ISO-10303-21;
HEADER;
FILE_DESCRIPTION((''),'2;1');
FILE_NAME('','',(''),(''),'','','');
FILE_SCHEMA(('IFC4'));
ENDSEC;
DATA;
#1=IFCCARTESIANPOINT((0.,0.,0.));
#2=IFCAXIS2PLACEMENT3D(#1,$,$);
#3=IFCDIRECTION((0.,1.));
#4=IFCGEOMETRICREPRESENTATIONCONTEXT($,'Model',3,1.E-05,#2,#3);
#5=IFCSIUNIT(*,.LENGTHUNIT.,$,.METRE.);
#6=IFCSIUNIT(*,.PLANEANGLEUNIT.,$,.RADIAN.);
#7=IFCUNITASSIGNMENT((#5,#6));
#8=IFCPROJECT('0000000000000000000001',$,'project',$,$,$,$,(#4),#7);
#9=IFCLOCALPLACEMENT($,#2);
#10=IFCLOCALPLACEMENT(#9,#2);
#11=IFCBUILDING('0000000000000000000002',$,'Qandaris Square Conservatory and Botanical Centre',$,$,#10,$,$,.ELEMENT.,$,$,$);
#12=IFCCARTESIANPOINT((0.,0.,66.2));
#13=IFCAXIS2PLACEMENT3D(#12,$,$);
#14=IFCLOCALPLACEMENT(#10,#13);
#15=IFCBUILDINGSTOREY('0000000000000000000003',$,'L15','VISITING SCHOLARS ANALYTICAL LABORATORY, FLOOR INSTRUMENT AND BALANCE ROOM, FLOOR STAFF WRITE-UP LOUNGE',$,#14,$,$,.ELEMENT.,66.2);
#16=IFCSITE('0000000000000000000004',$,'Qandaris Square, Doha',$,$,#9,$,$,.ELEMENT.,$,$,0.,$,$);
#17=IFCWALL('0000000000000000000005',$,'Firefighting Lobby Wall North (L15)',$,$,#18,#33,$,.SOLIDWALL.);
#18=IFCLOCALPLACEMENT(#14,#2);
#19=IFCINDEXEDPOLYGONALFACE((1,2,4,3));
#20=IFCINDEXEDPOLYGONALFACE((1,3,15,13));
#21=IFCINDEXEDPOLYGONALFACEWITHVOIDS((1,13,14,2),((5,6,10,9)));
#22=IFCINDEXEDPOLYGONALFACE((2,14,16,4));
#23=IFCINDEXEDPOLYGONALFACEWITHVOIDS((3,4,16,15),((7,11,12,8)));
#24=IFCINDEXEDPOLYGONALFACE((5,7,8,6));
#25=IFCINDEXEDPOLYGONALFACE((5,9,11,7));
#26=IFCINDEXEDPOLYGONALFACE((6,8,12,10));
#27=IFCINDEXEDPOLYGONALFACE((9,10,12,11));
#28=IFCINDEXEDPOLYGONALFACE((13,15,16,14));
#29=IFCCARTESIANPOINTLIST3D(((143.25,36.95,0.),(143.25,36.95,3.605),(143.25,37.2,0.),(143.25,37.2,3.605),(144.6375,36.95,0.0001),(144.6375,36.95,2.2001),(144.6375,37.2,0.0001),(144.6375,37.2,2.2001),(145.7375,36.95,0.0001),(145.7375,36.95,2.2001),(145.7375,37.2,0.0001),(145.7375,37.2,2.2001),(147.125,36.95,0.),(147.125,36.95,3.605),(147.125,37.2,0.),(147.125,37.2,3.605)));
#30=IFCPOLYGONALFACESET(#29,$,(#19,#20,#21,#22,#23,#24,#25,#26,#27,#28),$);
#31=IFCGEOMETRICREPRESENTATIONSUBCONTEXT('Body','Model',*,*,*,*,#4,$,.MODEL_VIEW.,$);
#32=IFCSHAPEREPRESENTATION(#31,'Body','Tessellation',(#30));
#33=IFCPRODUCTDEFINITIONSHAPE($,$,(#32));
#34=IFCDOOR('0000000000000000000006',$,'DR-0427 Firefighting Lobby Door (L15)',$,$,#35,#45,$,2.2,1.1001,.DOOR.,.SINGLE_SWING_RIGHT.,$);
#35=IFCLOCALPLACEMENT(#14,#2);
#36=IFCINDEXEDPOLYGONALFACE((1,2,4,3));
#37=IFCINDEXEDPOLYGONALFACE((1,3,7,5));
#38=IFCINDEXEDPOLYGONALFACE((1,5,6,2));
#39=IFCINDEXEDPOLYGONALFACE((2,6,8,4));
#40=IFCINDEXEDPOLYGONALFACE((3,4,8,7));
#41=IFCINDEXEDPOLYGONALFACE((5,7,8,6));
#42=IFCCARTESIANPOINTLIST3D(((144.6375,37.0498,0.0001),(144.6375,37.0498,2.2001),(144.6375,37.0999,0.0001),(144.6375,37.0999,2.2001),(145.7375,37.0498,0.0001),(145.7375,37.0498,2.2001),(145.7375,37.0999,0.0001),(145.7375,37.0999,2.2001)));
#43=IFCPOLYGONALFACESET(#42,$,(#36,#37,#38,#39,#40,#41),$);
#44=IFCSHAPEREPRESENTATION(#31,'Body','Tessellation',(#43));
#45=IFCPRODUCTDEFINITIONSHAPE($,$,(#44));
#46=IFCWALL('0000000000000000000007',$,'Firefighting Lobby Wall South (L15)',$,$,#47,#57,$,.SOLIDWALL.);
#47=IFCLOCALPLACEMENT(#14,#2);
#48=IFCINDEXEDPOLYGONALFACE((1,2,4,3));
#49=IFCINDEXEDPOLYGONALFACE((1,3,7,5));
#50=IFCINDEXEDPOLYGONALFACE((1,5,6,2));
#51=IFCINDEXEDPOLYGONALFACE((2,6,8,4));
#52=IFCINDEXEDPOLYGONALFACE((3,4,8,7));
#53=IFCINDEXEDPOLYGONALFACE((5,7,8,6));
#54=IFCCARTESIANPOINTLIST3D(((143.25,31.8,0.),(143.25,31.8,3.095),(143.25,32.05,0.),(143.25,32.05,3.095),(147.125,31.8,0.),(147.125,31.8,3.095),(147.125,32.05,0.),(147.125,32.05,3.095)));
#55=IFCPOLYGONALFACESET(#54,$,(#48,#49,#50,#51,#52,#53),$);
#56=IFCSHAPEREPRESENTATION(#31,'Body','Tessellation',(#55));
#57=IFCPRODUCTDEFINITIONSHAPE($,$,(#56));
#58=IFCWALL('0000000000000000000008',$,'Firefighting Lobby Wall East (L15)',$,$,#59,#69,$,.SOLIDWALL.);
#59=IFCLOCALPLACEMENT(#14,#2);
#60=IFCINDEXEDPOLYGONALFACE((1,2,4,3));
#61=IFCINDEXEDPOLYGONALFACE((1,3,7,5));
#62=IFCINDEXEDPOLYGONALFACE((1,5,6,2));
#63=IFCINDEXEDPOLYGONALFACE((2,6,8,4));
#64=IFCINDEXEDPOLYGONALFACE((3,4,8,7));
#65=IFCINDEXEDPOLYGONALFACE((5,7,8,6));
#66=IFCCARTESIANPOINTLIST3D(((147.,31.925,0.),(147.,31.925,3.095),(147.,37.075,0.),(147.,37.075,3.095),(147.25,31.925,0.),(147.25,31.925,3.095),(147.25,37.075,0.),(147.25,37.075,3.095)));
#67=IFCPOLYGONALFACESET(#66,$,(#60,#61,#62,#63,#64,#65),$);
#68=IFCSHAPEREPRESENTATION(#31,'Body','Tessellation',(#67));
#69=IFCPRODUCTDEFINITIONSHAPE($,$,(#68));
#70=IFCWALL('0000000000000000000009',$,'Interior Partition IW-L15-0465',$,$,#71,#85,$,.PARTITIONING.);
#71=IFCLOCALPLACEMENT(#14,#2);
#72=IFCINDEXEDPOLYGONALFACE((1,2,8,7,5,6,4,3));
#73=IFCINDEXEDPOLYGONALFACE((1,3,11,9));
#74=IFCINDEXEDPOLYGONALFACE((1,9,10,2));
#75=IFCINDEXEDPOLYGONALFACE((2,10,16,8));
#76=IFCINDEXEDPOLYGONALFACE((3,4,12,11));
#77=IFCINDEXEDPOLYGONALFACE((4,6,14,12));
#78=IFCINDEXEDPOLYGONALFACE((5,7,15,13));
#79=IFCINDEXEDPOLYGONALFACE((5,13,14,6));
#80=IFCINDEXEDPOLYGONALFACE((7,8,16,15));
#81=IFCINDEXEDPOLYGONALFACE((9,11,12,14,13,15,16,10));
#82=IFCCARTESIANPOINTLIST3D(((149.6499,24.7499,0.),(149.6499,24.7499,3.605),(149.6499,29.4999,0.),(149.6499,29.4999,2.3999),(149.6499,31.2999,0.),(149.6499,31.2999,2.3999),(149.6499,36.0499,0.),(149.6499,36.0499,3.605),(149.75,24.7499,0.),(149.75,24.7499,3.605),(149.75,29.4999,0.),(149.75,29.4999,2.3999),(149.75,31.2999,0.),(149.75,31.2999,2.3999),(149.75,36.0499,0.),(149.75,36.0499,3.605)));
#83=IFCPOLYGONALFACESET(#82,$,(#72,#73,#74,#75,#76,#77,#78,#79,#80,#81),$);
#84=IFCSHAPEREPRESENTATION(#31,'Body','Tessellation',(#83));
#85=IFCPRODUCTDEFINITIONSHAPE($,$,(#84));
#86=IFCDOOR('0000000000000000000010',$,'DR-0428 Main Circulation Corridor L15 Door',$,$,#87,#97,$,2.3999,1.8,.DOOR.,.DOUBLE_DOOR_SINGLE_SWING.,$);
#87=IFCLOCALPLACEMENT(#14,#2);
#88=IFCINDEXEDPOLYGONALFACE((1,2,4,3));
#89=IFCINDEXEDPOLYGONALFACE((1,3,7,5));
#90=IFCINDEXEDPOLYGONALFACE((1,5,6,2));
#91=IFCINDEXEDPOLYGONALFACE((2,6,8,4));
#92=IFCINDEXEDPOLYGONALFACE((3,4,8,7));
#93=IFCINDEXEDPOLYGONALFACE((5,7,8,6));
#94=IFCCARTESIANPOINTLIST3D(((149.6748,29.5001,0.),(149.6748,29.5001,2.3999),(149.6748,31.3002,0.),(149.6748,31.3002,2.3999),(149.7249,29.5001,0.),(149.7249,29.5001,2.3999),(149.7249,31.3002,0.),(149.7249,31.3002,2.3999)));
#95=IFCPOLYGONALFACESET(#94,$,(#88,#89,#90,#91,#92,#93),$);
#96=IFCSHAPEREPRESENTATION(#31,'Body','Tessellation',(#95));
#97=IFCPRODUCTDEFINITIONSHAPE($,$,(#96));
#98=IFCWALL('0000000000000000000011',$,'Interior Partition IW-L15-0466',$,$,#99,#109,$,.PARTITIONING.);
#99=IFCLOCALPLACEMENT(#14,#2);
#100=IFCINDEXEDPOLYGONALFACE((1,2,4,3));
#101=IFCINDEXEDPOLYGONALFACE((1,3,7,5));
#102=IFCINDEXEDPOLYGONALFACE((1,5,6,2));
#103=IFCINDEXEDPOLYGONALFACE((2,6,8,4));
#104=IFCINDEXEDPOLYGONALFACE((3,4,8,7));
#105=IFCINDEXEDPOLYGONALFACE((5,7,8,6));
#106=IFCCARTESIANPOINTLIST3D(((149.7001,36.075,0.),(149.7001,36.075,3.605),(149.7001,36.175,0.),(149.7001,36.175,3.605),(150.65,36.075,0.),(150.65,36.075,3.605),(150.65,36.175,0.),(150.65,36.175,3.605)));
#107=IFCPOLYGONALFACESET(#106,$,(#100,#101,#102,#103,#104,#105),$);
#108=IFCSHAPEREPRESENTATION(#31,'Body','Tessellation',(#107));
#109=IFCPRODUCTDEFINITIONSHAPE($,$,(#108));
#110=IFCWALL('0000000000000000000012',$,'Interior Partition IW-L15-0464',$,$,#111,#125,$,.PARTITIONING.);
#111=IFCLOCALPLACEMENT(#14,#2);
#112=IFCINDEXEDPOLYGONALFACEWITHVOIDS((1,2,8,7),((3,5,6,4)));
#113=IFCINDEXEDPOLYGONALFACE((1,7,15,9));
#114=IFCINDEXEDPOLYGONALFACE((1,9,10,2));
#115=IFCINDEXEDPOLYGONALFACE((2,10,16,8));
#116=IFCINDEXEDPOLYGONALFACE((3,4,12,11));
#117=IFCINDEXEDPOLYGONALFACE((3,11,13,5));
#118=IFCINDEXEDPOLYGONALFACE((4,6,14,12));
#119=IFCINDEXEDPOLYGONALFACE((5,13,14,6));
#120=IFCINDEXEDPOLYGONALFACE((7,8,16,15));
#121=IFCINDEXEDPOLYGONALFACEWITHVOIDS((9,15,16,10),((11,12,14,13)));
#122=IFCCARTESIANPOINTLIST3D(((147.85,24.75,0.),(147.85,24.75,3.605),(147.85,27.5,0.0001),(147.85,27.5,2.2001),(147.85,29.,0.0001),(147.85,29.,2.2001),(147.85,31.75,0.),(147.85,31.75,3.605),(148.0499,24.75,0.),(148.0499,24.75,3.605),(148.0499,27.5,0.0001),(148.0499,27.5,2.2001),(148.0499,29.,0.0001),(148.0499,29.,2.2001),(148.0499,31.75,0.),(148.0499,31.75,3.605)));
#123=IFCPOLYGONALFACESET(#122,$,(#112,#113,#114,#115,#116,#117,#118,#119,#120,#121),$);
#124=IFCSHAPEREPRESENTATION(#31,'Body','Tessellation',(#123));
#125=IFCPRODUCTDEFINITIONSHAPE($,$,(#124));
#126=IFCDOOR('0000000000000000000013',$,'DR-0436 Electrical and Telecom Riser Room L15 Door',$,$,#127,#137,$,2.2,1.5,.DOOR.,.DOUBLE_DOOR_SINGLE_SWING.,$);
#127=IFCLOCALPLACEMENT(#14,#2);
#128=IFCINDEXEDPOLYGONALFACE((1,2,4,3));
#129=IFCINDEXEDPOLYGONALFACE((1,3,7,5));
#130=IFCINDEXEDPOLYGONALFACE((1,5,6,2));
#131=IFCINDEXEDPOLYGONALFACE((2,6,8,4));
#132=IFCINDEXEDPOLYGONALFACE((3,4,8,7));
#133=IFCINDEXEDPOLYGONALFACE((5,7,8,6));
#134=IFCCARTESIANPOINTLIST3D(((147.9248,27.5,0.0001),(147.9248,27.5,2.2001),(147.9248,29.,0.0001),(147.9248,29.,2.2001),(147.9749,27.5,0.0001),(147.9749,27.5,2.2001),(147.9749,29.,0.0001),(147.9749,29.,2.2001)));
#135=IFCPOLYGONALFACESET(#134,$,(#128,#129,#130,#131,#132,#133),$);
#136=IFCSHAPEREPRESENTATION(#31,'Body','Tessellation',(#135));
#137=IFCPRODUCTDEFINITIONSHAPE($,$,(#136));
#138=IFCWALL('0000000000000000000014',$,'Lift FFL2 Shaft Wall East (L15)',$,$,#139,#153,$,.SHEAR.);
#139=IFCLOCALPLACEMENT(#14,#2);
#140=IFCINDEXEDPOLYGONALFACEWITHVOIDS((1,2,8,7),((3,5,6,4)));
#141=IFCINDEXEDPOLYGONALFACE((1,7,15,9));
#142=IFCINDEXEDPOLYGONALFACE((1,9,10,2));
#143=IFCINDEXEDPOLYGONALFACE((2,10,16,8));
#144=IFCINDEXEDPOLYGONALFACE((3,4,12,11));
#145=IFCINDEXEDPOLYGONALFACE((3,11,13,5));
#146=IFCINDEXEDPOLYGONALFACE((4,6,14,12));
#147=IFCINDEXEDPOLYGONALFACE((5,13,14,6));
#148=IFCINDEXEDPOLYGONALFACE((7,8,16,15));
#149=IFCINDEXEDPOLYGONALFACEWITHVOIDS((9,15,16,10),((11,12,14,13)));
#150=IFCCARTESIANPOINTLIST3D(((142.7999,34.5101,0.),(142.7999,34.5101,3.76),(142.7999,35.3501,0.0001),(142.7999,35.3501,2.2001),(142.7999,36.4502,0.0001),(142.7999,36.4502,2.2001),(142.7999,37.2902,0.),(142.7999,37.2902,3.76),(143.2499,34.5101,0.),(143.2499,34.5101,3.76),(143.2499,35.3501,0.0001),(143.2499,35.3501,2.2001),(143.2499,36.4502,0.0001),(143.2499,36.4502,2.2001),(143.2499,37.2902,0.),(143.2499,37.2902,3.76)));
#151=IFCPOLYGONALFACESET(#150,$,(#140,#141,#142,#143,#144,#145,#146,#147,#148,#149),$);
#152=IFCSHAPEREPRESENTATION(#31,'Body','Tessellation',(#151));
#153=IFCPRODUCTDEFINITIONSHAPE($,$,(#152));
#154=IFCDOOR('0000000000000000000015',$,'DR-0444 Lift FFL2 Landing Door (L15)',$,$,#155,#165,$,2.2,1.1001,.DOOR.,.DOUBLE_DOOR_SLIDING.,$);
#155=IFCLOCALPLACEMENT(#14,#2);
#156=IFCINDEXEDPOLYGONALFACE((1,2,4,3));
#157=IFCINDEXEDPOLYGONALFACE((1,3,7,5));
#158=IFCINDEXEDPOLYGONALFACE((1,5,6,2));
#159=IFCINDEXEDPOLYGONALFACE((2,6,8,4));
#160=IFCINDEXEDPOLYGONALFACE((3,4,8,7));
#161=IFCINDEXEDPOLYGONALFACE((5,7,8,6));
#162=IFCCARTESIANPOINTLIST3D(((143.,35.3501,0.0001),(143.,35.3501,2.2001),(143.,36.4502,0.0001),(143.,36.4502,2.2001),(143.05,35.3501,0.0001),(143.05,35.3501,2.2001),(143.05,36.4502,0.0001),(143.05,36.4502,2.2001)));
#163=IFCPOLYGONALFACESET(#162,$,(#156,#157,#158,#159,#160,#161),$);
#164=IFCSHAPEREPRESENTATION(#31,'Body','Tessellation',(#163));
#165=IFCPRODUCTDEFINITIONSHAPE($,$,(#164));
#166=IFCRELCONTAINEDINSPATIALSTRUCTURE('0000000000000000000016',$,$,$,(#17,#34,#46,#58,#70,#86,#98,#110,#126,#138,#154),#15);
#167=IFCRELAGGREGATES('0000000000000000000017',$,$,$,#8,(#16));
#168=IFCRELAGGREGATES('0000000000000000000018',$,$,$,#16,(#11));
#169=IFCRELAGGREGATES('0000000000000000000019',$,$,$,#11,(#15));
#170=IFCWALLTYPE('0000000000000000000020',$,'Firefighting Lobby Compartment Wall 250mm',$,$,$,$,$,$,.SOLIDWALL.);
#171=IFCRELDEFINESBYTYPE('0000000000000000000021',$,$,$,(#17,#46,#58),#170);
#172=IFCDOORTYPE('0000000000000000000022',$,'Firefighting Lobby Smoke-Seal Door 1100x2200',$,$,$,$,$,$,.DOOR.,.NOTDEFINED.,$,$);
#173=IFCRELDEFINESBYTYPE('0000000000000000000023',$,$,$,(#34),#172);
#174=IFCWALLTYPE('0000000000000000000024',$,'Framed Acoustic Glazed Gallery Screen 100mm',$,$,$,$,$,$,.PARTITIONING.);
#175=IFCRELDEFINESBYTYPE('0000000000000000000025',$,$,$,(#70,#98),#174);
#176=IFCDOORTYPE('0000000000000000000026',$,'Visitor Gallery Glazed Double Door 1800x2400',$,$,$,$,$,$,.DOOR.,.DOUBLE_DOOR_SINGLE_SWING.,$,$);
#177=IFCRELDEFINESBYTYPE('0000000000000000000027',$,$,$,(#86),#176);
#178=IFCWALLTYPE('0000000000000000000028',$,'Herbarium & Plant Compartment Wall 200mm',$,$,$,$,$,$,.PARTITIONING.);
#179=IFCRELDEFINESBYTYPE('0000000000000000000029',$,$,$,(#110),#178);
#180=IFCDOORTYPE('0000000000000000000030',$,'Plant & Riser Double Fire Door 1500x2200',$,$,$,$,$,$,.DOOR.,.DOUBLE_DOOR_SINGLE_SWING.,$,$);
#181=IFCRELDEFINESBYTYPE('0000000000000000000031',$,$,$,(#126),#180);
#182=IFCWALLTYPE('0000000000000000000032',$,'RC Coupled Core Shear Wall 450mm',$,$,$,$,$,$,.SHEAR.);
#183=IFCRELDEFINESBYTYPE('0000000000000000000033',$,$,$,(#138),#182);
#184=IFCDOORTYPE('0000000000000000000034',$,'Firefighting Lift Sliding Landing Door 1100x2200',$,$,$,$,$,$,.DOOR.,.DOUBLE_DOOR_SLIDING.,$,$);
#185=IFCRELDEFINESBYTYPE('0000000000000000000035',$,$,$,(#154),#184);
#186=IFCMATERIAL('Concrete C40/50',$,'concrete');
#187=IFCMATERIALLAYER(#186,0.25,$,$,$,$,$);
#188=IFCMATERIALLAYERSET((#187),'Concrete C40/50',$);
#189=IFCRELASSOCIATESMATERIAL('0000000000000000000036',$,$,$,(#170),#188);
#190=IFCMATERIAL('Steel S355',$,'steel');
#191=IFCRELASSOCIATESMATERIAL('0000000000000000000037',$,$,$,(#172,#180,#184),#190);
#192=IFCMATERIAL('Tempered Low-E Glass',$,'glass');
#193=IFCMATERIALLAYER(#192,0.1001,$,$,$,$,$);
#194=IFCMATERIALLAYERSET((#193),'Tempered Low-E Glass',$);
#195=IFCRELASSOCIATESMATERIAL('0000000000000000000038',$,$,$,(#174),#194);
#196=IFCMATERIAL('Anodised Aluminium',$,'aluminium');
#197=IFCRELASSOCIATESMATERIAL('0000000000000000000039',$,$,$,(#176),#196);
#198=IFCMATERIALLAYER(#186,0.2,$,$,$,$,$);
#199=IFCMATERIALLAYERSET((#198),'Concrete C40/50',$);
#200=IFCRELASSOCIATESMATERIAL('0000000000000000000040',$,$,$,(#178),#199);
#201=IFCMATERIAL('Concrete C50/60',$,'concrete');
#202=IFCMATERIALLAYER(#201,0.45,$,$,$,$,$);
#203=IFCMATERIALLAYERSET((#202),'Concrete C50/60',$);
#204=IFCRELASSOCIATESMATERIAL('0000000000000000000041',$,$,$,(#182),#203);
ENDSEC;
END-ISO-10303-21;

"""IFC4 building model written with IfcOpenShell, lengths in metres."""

from ifc_helpers import new_model, si_unit, direction, frame, frame_2d, origin, place, context, subcontext, project, spatial, rectangle, extrude, material, layer, layer_set, type_object, element, fill, save


model = new_model("IFC4")

# Units and contexts
model_context = context("Model", 3, precision=1e-05, world=origin(), true_north=direction((0.0, 1.0)))
body_context = subcontext(model_context, "Body", "Model", "MODEL_VIEW")
ifc_project = project(units=[si_unit("LENGTHUNIT", "METRE"), si_unit("PLANEANGLEUNIT", "RADIAN")], contexts=[model_context])

# Site, building, storey
site_placement = place(None, origin())
site = spatial("IfcSite", under=ifc_project, at=site_placement, Name="Qandaris Square, Doha", CompositionType="ELEMENT", RefElevation=0.0)
building_placement = place(site_placement, origin())
building = spatial("IfcBuilding", under=site, at=building_placement, Name="Qandaris Square Conservatory and Botanical Centre", CompositionType="ELEMENT")
storey_placement = place(building_placement, frame((0.0, 0.0, 66.2)))
storey = spatial("IfcBuildingStorey", under=building, at=storey_placement, Name="L15", Description="VISITING SCHOLARS ANALYTICAL LABORATORY, FLOOR INSTRUMENT AND BALANCE ROOM, FLOOR STAFF WRITE-UP LOUNGE", CompositionType="ELEMENT", Elevation=66.2)

# Shared definitions
ifc_material_1 = material(Name="Concrete C50/60", Category="concrete")

# Shared definitions
ifc_material_2 = material(Name="Steel S355", Category="steel")

# Wall, opening, door
ifc_material_3 = material(Name="Concrete C40/50", Category="concrete")
ifc_layer_1 = layer(ifc_material_3, 0.25)
ifc_layer_set_1 = layer_set([ifc_layer_1], Name="Concrete C40/50")
wall_type_1 = type_object("IfcWallType", Name="Firefighting Lobby Compartment Wall 250mm", PredefinedType="SOLIDWALL", material=ifc_layer_set_1)
wall_1_placement = place(storey_placement, frame((143.25, 37.075, 0.0), z_axis=(0.0, 0.0, 1.0), x_axis=(1.0, 0.0, 0.0)))
wall_1 = element("IfcWall", 1, at=wall_1_placement, inside=storey, type_object=wall_type_1, Name="Firefighting Lobby Wall North (L15)", PredefinedType="SOLIDWALL", context=body_context, shape_type="SweptSolid", body=[
    extrude(rectangle(XDim=3.875, YDim=0.25, at=frame_2d((1.9375, 0.0))), origin(), (0.0, 0.0, 1.0), 3.605),
])
opening_1_placement = place(wall_1_placement, frame((1.3875, 0.0, 0.0)))
opening_1 = element("IfcOpeningElement", 2, at=opening_1_placement, cuts=wall_1, PredefinedType="OPENING", context=body_context, shape_type="SweptSolid", body=[
    extrude(rectangle(XDim=1.1001, YDim=2.2, at=frame_2d((0.55, 1.1001))), frame((0.0, 0.137, 0.0), z_axis=(0.0, -1.0, 0.0), x_axis=(1.0, 0.0, 0.0)), (0.0, 0.0, 1.0), 0.2739),
])
door_type_1 = type_object("IfcDoorType", Name="Firefighting Lobby Smoke-Seal Door 1100x2200", OperationType="NOTDEFINED", PredefinedType="DOOR", material=ifc_material_2)
door_1_placement = place(opening_1_placement, origin())
door_1 = element("IfcDoor", 3, at=door_1_placement, inside=storey, type_object=door_type_1, Name="DR-0427 Firefighting Lobby Door (L15)", OperationType="SINGLE_SWING_RIGHT", OverallHeight=2.2, OverallWidth=1.1001, PredefinedType="DOOR", context=body_context, shape_type="SweptSolid", body=[
    extrude(rectangle(XDim=1.1001, YDim=2.2, at=frame_2d((0.55, 1.1001))), frame((0.0, 0.0249, 0.0), z_axis=(0.0, -1.0, 0.0), x_axis=(1.0, 0.0, 0.0)), (0.0, 0.0, 1.0), 0.05),
])
fill(opening_1, door_1)

# Walls
wall_2_placement = place(storey_placement, frame((143.25, 31.925, 0.0), z_axis=(0.0, 0.0, 1.0), x_axis=(1.0, 0.0, 0.0)))
element("IfcWall", 4, at=wall_2_placement, inside=storey, type_object=wall_type_1, Name="Firefighting Lobby Wall South (L15)", PredefinedType="SOLIDWALL", context=body_context, shape_type="SweptSolid", body=[
    extrude(rectangle(XDim=3.875, YDim=0.25, at=frame_2d((1.9375, 0.0))), origin(), (0.0, 0.0, 1.0), 3.095),
])
wall_3_placement = place(storey_placement, frame((147.125, 31.925, 0.0), z_axis=(0.0, 0.0, 1.0), x_axis=(0.0, 1.0, 0.0)))
element("IfcWall", 5, at=wall_3_placement, inside=storey, type_object=wall_type_1, Name="Firefighting Lobby Wall East (L15)", PredefinedType="SOLIDWALL", context=body_context, shape_type="SweptSolid", body=[
    extrude(rectangle(XDim=5.1499, YDim=0.25, at=frame_2d((2.575, 0.0))), origin(), (0.0, 0.0, 1.0), 3.095),
])

# Wall, opening, door
ifc_material_4 = material(Name="Tempered Low-E Glass", Category="glass")
ifc_layer_2 = layer(ifc_material_4, 0.1001)
ifc_layer_set_2 = layer_set([ifc_layer_2], Name="Tempered Low-E Glass")
wall_type_2 = type_object("IfcWallType", Name="Framed Acoustic Glazed Gallery Screen 100mm", PredefinedType="PARTITIONING", material=ifc_layer_set_2)
wall_4_placement = place(storey_placement, frame((149.7, 24.75, 0.0), z_axis=(0.0, 0.0, 1.0), x_axis=(0.0, 1.0, 0.0)))
wall_4 = element("IfcWall", 6, at=wall_4_placement, inside=storey, type_object=wall_type_2, Name="Interior Partition IW-L15-0465", PredefinedType="PARTITIONING", context=body_context, shape_type="SweptSolid", body=[
    extrude(rectangle(XDim=11.3, YDim=0.1001, at=frame_2d((5.6499, 0.0))), origin(), (0.0, 0.0, 1.0), 3.605),
])
opening_2_placement = place(wall_4_placement, frame((4.75, 0.0, 0.0)))
opening_2 = element("IfcOpeningElement", 7, at=opening_2_placement, cuts=wall_4, PredefinedType="OPENING", context=body_context, shape_type="SweptSolid", body=[
    extrude(rectangle(XDim=1.8, YDim=2.3999, at=frame_2d((0.8999, 1.2))), frame((0.0, 0.062, 0.0), z_axis=(0.0, -1.0, 0.0), x_axis=(1.0, 0.0, 0.0)), (0.0, 0.0, 1.0), 0.124),
])
ifc_material_5 = material(Name="Anodised Aluminium", Category="aluminium")
door_type_2 = type_object("IfcDoorType", Name="Visitor Gallery Glazed Double Door 1800x2400", OperationType="DOUBLE_DOOR_SINGLE_SWING", PredefinedType="DOOR", material=ifc_material_5)
door_2_placement = place(opening_2_placement, frame((1.8, 0.0, 0.0), z_axis=(0.0, 0.0, 1.0), x_axis=(-1.0, 0.0, 0.0)))
door_2 = element("IfcDoor", 8, at=door_2_placement, inside=storey, type_object=door_type_2, Name="DR-0428 Main Circulation Corridor L15 Door", OperationType="DOUBLE_DOOR_SINGLE_SWING", OverallHeight=2.3999, OverallWidth=1.8, PredefinedType="DOOR", context=body_context, shape_type="SweptSolid", body=[
    extrude(rectangle(XDim=1.8, YDim=2.3999, at=frame_2d((0.8999, 1.2))), frame((0.0, 0.0249, 0.0), z_axis=(0.0, -1.0, 0.0), x_axis=(1.0, 0.0, 0.0)), (0.0, 0.0, 1.0), 0.05),
])
fill(opening_2, door_2)

# Wall
wall_5_placement = place(storey_placement, frame((149.7, 36.125, 0.0), z_axis=(0.0, 0.0, 1.0), x_axis=(1.0, 0.0, 0.0)))
element("IfcWall", 9, at=wall_5_placement, inside=storey, type_object=wall_type_2, Name="Interior Partition IW-L15-0466", PredefinedType="PARTITIONING", context=body_context, shape_type="SweptSolid", body=[
    extrude(rectangle(XDim=0.95, YDim=0.1001, at=frame_2d((0.4751, 0.0))), origin(), (0.0, 0.0, 1.0), 3.605),
])

# Walls, openings, doors
ifc_layer_3 = layer(ifc_material_3, 0.2)
ifc_layer_set_3 = layer_set([ifc_layer_3], Name="Concrete C40/50")
wall_type_3 = type_object("IfcWallType", Name="Herbarium & Plant Compartment Wall 200mm", PredefinedType="PARTITIONING", material=ifc_layer_set_3)
wall_6_placement = place(storey_placement, frame((147.95, 31.75, 0.0), z_axis=(0.0, 0.0, 1.0), x_axis=(0.0, -1.0, 0.0)))
wall_6 = element("IfcWall", 10, at=wall_6_placement, inside=storey, type_object=wall_type_3, Name="Interior Partition IW-L15-0464", PredefinedType="PARTITIONING", context=body_context, shape_type="SweptSolid", body=[
    extrude(rectangle(XDim=7.0, YDim=0.2, at=frame_2d((3.5, 0.0))), origin(), (0.0, 0.0, 1.0), 3.605),
])
opening_3_placement = place(wall_6_placement, frame((2.75, 0.0, 0.0)))
opening_3 = element("IfcOpeningElement", 11, at=opening_3_placement, cuts=wall_6, PredefinedType="OPENING", context=body_context, shape_type="SweptSolid", body=[
    extrude(rectangle(XDim=1.5, YDim=2.2, at=frame_2d((0.75, 1.1001))), frame((0.0, 0.1118, 0.0), z_axis=(0.0, -1.0, 0.0), x_axis=(1.0, 0.0, 0.0)), (0.0, 0.0, 1.0), 0.2239),
])
door_type_3 = type_object("IfcDoorType", Name="Plant & Riser Double Fire Door 1500x2200", OperationType="DOUBLE_DOOR_SINGLE_SWING", PredefinedType="DOOR", material=ifc_material_2)
door_3_placement = place(opening_3_placement, origin())
door_3 = element("IfcDoor", 12, at=door_3_placement, inside=storey, type_object=door_type_3, Name="DR-0436 Electrical and Telecom Riser Room L15 Door", OperationType="DOUBLE_DOOR_SINGLE_SWING", OverallHeight=2.2, OverallWidth=1.5, PredefinedType="DOOR", context=body_context, shape_type="SweptSolid", body=[
    extrude(rectangle(XDim=1.5, YDim=2.2, at=frame_2d((0.75, 1.1001))), frame((0.0, 0.0249, 0.0), z_axis=(0.0, -1.0, 0.0), x_axis=(1.0, 0.0, 0.0)), (0.0, 0.0, 1.0), 0.05),
])
fill(opening_3, door_3)
ifc_layer_4 = layer(ifc_material_1, 0.45)
ifc_layer_set_4 = layer_set([ifc_layer_4], Name="Concrete C50/60")
wall_type_4 = type_object("IfcWallType", Name="RC Coupled Core Shear Wall 450mm", PredefinedType="SHEAR", material=ifc_layer_set_4)
wall_7_placement = place(storey_placement, frame((143.0249, 34.51, 0.0), z_axis=(0.0, 0.0, 1.0), x_axis=(0.0, 1.0, 0.0)))
wall_7 = element("IfcWall", 13, at=wall_7_placement, inside=storey, type_object=wall_type_4, Name="Lift FFL2 Shaft Wall East (L15)", PredefinedType="SHEAR", context=body_context, shape_type="SweptSolid", body=[
    extrude(rectangle(XDim=2.78, YDim=0.45, at=frame_2d((1.3901, 0.0))), origin(), (0.0, 0.0, 1.0), 3.76),
])
opening_4_placement = place(wall_7_placement, frame((0.8401, 0.0, 0.0)))
opening_4 = element("IfcOpeningElement", 14, at=opening_4_placement, cuts=wall_7, PredefinedType="OPENING", context=body_context, shape_type="SweptSolid", body=[
    extrude(rectangle(XDim=1.1001, YDim=2.2, at=frame_2d((0.55, 1.1001))), frame((0.0, 0.2368, 0.0), z_axis=(0.0, -1.0, 0.0), x_axis=(1.0, 0.0, 0.0)), (0.0, 0.0, 1.0), 0.4739),
])
door_type_4 = type_object("IfcDoorType", Name="Firefighting Lift Sliding Landing Door 1100x2200", OperationType="DOUBLE_DOOR_SLIDING", PredefinedType="DOOR", material=ifc_material_2)
door_4_placement = place(opening_4_placement, origin())
door_4 = element("IfcDoor", 15, at=door_4_placement, inside=storey, type_object=door_type_4, Name="DR-0444 Lift FFL2 Landing Door (L15)", OperationType="DOUBLE_DOOR_SLIDING", OverallHeight=2.2, OverallWidth=1.1001, PredefinedType="DOOR", context=body_context, shape_type="SweptSolid", body=[
    extrude(rectangle(XDim=1.1001, YDim=2.2, at=frame_2d((0.55, 1.1001))), frame((0.0, 0.0249, 0.0), z_axis=(0.0, -1.0, 0.0), x_axis=(1.0, 0.0, 0.0)), (0.0, 0.0, 1.0), 0.05),
])
fill(opening_4, door_4)

save(model, "model.ifc")
